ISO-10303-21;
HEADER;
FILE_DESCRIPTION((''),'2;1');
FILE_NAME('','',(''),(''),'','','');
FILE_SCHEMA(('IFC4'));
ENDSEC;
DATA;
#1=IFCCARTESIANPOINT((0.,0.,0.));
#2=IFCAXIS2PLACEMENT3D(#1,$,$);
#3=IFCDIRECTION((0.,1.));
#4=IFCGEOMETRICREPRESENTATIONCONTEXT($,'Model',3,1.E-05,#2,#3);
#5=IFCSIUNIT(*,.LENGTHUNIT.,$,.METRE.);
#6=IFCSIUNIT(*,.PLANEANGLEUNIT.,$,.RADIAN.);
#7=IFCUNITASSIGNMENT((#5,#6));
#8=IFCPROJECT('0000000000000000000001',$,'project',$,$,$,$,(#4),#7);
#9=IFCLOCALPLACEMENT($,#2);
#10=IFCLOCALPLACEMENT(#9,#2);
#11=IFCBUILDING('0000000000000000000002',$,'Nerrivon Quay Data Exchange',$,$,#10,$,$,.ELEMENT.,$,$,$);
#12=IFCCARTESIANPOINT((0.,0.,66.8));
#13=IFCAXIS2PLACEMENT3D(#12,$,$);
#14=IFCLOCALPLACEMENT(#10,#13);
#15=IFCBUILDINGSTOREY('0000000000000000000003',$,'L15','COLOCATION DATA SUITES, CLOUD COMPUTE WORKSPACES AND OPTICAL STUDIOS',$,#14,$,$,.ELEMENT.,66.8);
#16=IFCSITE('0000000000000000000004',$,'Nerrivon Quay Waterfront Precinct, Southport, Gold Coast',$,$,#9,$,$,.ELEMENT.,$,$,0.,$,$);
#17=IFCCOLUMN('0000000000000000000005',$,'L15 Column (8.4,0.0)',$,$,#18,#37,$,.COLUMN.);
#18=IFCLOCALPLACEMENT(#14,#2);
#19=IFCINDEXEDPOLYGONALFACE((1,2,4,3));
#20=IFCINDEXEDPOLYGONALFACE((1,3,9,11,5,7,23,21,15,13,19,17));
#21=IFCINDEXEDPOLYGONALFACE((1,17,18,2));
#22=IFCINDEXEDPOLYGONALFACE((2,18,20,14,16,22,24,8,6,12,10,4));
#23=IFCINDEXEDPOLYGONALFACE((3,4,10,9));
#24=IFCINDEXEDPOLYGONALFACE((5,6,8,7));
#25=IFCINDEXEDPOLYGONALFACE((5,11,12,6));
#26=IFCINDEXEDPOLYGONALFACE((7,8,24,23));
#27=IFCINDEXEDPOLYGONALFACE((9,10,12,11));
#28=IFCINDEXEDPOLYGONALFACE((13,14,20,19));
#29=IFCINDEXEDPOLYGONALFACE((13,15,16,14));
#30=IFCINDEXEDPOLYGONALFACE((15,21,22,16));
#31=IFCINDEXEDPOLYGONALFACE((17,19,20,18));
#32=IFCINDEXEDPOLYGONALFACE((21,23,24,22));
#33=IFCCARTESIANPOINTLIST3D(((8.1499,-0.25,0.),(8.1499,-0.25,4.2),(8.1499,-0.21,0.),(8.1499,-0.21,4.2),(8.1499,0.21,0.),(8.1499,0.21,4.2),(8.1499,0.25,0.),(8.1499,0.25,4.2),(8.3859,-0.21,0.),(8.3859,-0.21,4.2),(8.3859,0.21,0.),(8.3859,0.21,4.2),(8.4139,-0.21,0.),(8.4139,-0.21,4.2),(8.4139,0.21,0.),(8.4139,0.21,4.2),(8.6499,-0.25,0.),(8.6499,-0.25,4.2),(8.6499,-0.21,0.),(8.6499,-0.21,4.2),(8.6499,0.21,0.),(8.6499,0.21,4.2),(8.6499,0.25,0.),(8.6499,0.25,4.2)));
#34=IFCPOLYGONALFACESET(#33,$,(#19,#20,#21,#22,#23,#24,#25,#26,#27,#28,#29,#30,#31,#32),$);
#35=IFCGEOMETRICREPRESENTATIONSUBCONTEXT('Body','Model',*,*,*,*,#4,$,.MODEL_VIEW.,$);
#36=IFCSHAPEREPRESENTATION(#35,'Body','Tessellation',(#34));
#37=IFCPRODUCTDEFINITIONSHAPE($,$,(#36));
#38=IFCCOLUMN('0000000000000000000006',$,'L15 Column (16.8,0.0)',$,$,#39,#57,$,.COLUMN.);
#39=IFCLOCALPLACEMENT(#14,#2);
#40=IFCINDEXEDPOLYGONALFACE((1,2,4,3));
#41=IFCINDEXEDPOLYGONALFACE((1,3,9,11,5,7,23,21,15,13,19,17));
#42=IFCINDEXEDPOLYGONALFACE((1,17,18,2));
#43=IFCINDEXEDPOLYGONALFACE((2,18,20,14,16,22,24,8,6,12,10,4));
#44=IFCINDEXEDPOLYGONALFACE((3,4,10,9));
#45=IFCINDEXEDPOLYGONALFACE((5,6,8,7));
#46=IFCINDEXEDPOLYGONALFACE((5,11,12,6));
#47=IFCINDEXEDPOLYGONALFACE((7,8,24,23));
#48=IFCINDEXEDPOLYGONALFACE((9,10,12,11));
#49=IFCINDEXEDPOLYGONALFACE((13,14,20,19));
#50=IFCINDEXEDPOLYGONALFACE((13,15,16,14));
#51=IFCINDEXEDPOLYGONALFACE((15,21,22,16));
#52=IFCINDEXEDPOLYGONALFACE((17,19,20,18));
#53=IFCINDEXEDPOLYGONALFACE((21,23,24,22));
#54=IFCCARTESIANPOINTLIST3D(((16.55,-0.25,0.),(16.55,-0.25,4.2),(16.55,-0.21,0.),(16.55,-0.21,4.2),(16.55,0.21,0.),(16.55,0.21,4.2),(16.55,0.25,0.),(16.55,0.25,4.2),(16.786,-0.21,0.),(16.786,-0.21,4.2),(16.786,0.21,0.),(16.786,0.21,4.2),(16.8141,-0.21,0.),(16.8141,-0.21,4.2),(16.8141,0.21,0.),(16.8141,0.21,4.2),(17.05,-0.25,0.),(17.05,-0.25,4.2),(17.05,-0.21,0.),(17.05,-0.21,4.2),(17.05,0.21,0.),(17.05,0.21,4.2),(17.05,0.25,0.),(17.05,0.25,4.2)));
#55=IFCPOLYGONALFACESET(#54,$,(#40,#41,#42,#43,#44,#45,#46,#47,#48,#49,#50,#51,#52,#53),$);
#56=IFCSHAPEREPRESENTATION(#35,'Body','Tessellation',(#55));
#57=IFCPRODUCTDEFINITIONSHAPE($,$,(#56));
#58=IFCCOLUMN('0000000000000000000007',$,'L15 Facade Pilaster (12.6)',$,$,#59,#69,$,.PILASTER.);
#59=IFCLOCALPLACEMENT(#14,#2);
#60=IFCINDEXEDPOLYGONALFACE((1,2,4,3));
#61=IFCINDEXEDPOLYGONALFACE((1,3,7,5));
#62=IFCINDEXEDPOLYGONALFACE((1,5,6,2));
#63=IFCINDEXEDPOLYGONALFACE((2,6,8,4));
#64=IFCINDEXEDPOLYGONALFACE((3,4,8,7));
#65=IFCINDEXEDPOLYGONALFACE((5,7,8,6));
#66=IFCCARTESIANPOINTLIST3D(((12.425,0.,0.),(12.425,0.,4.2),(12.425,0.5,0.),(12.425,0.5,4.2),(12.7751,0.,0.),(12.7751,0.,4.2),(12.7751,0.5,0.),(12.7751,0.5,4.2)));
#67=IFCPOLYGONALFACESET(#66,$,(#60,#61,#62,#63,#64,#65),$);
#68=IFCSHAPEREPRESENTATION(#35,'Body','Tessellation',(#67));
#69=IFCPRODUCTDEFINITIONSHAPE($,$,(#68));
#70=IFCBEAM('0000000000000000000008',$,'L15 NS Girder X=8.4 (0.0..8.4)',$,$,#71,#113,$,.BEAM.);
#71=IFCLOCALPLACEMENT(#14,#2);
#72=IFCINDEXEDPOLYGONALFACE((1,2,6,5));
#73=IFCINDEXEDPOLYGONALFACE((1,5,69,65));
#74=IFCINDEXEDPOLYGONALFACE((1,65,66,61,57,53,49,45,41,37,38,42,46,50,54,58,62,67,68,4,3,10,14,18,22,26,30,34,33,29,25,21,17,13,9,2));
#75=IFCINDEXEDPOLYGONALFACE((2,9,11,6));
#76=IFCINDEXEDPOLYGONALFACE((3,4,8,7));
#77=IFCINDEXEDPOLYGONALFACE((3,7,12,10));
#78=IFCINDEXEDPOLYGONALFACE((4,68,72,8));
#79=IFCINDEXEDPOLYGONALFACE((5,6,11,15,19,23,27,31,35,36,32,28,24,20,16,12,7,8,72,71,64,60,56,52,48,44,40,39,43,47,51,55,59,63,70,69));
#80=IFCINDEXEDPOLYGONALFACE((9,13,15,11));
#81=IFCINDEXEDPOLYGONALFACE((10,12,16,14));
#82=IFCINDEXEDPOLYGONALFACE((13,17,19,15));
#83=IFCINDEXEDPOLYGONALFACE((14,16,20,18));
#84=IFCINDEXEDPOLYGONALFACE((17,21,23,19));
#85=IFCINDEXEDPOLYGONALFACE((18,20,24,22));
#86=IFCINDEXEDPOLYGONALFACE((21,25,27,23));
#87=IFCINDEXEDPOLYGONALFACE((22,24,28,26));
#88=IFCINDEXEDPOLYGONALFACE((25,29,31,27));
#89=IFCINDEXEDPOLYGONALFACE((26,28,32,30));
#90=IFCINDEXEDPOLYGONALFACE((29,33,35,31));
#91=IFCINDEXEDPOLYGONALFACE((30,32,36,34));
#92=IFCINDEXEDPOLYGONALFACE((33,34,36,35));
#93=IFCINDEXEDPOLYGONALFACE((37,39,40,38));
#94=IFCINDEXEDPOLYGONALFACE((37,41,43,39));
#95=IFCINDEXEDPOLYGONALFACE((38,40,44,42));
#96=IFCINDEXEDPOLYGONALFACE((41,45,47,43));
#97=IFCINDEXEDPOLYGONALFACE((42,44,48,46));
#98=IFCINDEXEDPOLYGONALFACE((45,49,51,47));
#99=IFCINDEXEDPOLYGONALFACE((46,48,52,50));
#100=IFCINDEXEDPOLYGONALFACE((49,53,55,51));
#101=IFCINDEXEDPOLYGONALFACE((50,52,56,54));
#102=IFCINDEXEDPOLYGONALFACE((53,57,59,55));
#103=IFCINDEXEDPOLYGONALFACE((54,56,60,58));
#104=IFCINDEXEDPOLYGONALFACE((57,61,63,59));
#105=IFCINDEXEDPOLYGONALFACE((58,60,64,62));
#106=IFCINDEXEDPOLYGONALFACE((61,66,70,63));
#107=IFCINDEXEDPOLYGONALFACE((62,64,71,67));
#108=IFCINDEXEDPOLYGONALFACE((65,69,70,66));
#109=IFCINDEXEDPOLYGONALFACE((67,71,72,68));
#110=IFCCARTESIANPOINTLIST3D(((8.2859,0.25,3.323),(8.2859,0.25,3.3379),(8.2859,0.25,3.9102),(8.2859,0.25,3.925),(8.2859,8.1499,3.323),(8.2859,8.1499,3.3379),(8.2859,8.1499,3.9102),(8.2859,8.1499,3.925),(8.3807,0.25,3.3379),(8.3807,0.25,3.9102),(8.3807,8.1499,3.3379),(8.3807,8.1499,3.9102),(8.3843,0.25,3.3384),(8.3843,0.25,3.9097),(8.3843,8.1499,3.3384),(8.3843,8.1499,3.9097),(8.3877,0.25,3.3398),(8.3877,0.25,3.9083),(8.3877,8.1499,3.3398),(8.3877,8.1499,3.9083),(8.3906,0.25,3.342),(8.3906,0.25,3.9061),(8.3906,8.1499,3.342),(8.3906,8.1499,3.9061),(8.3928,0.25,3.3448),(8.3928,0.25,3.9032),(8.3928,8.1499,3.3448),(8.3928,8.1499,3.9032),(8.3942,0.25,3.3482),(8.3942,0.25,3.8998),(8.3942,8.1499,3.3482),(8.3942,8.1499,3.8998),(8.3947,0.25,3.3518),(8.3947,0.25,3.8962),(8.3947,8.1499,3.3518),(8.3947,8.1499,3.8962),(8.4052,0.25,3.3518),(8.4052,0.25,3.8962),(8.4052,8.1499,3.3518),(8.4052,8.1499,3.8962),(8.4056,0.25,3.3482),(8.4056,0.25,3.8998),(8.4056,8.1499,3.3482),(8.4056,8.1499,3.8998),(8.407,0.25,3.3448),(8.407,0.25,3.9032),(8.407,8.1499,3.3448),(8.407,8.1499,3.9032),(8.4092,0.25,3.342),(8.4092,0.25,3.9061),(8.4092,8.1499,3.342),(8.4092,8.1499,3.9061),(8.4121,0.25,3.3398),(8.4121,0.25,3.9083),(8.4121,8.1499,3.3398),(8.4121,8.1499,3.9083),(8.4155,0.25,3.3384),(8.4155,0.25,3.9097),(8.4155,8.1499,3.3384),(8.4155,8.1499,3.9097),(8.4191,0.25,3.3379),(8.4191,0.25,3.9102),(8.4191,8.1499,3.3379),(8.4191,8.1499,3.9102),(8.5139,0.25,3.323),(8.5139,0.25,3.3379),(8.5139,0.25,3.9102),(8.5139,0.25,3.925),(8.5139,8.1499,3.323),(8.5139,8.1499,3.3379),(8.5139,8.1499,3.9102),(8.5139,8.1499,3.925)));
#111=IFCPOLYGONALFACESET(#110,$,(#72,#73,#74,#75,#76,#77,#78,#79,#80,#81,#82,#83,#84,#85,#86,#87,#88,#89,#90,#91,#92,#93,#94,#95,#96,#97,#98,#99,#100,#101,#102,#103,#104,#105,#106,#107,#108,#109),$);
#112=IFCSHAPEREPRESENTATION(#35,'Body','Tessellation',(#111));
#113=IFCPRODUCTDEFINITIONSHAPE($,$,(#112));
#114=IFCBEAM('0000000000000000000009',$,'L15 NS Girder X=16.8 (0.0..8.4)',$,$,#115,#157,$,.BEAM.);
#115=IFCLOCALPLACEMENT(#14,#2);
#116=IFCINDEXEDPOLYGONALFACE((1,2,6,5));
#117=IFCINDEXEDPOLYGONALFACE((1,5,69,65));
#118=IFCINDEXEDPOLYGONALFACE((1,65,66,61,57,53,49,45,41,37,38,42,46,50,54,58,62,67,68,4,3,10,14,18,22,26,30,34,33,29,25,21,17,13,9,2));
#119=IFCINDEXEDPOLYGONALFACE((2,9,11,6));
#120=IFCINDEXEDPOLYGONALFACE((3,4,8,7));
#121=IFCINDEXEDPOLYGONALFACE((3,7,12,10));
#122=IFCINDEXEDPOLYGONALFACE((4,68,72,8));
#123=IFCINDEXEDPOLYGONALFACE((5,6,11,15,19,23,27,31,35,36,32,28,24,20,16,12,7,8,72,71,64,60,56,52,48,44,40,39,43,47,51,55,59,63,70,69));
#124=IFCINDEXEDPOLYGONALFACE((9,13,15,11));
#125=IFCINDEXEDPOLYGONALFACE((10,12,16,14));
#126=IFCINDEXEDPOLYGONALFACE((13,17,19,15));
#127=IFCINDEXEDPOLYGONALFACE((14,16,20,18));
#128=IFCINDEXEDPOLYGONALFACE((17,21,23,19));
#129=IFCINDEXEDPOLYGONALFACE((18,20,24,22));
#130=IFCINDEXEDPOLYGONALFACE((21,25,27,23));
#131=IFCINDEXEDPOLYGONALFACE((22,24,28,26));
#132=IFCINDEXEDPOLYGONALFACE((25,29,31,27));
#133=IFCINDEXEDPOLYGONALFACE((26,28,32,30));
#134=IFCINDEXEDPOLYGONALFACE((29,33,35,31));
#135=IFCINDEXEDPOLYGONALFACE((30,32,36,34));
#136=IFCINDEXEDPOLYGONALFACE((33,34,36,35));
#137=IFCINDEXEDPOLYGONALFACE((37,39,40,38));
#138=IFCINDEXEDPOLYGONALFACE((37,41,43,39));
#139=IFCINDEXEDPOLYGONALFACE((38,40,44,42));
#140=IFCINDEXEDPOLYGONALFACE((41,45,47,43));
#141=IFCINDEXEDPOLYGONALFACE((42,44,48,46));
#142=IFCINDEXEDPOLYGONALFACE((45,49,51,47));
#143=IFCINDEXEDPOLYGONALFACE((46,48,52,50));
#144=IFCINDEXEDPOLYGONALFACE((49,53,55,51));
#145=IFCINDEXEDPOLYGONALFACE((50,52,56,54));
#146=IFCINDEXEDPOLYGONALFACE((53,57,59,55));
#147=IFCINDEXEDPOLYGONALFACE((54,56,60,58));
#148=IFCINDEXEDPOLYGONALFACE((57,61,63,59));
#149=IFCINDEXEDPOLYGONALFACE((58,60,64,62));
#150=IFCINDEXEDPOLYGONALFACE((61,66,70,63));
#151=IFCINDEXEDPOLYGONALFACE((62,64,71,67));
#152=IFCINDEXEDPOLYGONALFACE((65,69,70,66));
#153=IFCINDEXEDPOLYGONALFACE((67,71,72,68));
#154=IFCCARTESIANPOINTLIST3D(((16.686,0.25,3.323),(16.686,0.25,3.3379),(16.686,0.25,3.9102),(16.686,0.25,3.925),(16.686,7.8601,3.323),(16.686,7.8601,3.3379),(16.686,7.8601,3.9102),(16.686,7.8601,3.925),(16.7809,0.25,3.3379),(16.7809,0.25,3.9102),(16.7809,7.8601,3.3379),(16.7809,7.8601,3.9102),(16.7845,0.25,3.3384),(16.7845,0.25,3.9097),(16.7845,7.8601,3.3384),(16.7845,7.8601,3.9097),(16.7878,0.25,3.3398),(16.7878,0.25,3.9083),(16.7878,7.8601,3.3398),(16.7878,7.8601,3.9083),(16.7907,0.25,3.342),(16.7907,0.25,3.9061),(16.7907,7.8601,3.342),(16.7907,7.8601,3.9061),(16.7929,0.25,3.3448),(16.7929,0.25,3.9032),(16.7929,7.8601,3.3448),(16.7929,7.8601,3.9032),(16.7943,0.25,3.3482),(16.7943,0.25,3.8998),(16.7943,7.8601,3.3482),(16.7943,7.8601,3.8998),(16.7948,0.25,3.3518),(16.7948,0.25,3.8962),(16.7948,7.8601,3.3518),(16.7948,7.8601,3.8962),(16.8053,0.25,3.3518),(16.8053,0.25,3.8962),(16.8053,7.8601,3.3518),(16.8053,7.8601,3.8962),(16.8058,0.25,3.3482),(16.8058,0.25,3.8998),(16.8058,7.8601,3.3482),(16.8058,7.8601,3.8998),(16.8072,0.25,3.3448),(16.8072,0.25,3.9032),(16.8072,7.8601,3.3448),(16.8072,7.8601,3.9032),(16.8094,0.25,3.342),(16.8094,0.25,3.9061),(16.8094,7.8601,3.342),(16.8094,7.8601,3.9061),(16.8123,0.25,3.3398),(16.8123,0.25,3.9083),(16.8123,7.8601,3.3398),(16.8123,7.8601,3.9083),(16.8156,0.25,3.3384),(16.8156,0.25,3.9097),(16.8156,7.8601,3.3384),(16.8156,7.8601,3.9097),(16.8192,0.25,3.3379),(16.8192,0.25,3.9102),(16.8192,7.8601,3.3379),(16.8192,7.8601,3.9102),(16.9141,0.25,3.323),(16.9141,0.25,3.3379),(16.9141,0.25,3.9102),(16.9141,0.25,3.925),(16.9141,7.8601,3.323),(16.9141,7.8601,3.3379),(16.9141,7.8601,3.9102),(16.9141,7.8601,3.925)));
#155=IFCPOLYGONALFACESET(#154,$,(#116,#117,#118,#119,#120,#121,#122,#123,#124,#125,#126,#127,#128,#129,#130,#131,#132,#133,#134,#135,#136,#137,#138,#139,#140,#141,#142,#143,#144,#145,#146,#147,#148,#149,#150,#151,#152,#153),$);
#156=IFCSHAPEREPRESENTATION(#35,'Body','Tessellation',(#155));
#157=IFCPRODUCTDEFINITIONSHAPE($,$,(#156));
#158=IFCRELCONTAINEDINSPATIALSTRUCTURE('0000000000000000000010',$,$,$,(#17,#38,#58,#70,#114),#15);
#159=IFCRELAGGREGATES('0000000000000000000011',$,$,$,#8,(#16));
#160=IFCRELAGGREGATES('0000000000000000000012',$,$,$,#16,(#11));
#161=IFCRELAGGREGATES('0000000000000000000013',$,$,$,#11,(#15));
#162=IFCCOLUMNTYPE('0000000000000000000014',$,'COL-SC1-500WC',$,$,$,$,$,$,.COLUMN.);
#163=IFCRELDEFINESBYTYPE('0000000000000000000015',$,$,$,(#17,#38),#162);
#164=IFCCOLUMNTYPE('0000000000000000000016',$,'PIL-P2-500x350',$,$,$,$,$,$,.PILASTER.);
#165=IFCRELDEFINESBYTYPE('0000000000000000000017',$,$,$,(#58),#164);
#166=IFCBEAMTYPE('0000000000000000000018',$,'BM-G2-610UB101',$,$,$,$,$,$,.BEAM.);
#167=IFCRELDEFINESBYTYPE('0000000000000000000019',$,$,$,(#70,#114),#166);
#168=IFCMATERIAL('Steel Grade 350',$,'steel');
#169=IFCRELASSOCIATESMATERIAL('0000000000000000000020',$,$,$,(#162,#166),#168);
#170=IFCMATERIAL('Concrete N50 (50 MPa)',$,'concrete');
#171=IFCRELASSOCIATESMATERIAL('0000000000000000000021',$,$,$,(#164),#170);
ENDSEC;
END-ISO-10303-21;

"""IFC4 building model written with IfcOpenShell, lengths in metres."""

from ifc_helpers import new_model, si_unit, direction, frame, origin, origin_2d, place, context, subcontext, project, spatial, rectangle, i_section, extrude, material, material_profile, profile_set, type_object, element, save


model = new_model("IFC4")

# Units and contexts
model_context = context("Model", 3, precision=1e-05, world=origin(), true_north=direction((0.0, 1.0)))
body_context = subcontext(model_context, "Body", "Model", "MODEL_VIEW")
ifc_project = project(units=[si_unit("LENGTHUNIT", "METRE"), si_unit("PLANEANGLEUNIT", "RADIAN")], contexts=[model_context])

# Site, building, storey
site_placement = place(None, origin())
site = spatial("IfcSite", under=ifc_project, at=site_placement, Name="Nerrivon Quay Waterfront Precinct, Southport, Gold Coast", CompositionType="ELEMENT", RefElevation=0.0)
building_placement = place(site_placement, origin())
building = spatial("IfcBuilding", under=site, at=building_placement, Name="Nerrivon Quay Data Exchange", CompositionType="ELEMENT")
storey_placement = place(building_placement, frame((0.0, 0.0, 66.8)))
storey = spatial("IfcBuildingStorey", under=building, at=storey_placement, Name="L15", Description="COLOCATION DATA SUITES, CLOUD COMPUTE WORKSPACES AND OPTICAL STUDIOS", CompositionType="ELEMENT", Elevation=66.8)

# Columns
ifc_material_1 = material(Name="Steel Grade 350", Category="steel")
ifc_material_profile_1 = material_profile(ifc_material_1, i_section(OverallWidth=0.5, OverallDepth=0.5, WebThickness=0.0281, FlangeThickness=0.04, at=origin_2d()), Name="500WC440")
ifc_profile_set_1 = profile_set([ifc_material_profile_1], Name="Steel Grade 350")
column_type_1 = type_object("IfcColumnType", Name="COL-SC1-500WC", PredefinedType="COLUMN", material=ifc_profile_set_1)
for number, where, z_axis, x_axis, name in (
    (1, (8.3999, 0.0, 0.0), (0.0, 0.0, 1.0), (1.0, 0.0, 0.0), "L15 Column (8.4,0.0)"),
    (2, (16.8, 0.0, 0.0), (0.0, 0.0, 1.0), (1.0, 0.0, 0.0), "L15 Column (16.8,0.0)"),
):
    element("IfcColumn", number, at=place(storey_placement, frame(where, z_axis=z_axis, x_axis=x_axis)), inside=storey, type_object=column_type_1, Name=name, PredefinedType="COLUMN", context=body_context, shape_type="SweptSolid", body=[
        extrude(i_section(OverallWidth=0.5, OverallDepth=0.5, WebThickness=0.0281, FlangeThickness=0.04, at=origin_2d()), origin(), (0.0, 0.0, 1.0), 4.2),
    ])
ifc_material_2 = material(Name="Concrete N50 (50 MPa)", Category="concrete")
ifc_material_profile_2 = material_profile(ifc_material_2, rectangle(XDim=0.3501, YDim=0.5, at=origin_2d()), Name="RC-PIL-500x350")
ifc_profile_set_2 = profile_set([ifc_material_profile_2], Name="Concrete N50 (50 MPa)")
column_type_2 = type_object("IfcColumnType", Name="PIL-P2-500x350", PredefinedType="PILASTER", material=ifc_profile_set_2)
column_placement = place(storey_placement, frame((12.6001, 0.25, 0.0), z_axis=(0.0, 0.0, 1.0), x_axis=(1.0, 0.0, 0.0)))
element("IfcColumn", 3, at=column_placement, inside=storey, type_object=column_type_2, Name="L15 Facade Pilaster (12.6)", PredefinedType="PILASTER", context=body_context, shape_type="SweptSolid", body=[
    extrude(rectangle(XDim=0.3501, YDim=0.5, at=origin_2d()), origin(), (0.0, 0.0, 1.0), 4.2),
])

# Beams
ifc_material_profile_3 = material_profile(ifc_material_1, i_section(OverallWidth=0.228, OverallDepth=0.6021, WebThickness=0.0105, FlangeThickness=0.0149, FilletRadius=0.0139, at=origin_2d()), Name="610UB101")
ifc_profile_set_3 = profile_set([ifc_material_profile_3], Name="Steel Grade 350")
beam_type_1 = type_object("IfcBeamType", Name="BM-G2-610UB101", PredefinedType="BEAM", material=ifc_profile_set_3)
beam_1_placement = place(storey_placement, frame((8.3999, 0.25, 3.624), z_axis=(0.0, 1.0, 0.0), x_axis=(-1.0, 0.0, 0.0)))
element("IfcBeam", 4, at=beam_1_placement, inside=storey, type_object=beam_type_1, Name="L15 NS Girder X=8.4 (0.0..8.4)", PredefinedType="BEAM", context=body_context, shape_type="SweptSolid", body=[
    extrude(i_section(OverallWidth=0.228, OverallDepth=0.6021, WebThickness=0.0105, FlangeThickness=0.0149, FilletRadius=0.0139, at=origin_2d()), origin(), (0.0, 0.0, 1.0), 7.8999),
])
beam_2_placement = place(storey_placement, frame((16.8, 0.25, 3.624), z_axis=(0.0, 1.0, 0.0), x_axis=(-1.0, 0.0, 0.0)))
element("IfcBeam", 5, at=beam_2_placement, inside=storey, type_object=beam_type_1, Name="L15 NS Girder X=16.8 (0.0..8.4)", PredefinedType="BEAM", context=body_context, shape_type="SweptSolid", body=[
    extrude(i_section(OverallWidth=0.228, OverallDepth=0.6021, WebThickness=0.0105, FlangeThickness=0.0149, FilletRadius=0.0139, at=origin_2d()), origin(), (0.0, 0.0, 1.0), 7.6101),
])

save(model, "model.ifc")
